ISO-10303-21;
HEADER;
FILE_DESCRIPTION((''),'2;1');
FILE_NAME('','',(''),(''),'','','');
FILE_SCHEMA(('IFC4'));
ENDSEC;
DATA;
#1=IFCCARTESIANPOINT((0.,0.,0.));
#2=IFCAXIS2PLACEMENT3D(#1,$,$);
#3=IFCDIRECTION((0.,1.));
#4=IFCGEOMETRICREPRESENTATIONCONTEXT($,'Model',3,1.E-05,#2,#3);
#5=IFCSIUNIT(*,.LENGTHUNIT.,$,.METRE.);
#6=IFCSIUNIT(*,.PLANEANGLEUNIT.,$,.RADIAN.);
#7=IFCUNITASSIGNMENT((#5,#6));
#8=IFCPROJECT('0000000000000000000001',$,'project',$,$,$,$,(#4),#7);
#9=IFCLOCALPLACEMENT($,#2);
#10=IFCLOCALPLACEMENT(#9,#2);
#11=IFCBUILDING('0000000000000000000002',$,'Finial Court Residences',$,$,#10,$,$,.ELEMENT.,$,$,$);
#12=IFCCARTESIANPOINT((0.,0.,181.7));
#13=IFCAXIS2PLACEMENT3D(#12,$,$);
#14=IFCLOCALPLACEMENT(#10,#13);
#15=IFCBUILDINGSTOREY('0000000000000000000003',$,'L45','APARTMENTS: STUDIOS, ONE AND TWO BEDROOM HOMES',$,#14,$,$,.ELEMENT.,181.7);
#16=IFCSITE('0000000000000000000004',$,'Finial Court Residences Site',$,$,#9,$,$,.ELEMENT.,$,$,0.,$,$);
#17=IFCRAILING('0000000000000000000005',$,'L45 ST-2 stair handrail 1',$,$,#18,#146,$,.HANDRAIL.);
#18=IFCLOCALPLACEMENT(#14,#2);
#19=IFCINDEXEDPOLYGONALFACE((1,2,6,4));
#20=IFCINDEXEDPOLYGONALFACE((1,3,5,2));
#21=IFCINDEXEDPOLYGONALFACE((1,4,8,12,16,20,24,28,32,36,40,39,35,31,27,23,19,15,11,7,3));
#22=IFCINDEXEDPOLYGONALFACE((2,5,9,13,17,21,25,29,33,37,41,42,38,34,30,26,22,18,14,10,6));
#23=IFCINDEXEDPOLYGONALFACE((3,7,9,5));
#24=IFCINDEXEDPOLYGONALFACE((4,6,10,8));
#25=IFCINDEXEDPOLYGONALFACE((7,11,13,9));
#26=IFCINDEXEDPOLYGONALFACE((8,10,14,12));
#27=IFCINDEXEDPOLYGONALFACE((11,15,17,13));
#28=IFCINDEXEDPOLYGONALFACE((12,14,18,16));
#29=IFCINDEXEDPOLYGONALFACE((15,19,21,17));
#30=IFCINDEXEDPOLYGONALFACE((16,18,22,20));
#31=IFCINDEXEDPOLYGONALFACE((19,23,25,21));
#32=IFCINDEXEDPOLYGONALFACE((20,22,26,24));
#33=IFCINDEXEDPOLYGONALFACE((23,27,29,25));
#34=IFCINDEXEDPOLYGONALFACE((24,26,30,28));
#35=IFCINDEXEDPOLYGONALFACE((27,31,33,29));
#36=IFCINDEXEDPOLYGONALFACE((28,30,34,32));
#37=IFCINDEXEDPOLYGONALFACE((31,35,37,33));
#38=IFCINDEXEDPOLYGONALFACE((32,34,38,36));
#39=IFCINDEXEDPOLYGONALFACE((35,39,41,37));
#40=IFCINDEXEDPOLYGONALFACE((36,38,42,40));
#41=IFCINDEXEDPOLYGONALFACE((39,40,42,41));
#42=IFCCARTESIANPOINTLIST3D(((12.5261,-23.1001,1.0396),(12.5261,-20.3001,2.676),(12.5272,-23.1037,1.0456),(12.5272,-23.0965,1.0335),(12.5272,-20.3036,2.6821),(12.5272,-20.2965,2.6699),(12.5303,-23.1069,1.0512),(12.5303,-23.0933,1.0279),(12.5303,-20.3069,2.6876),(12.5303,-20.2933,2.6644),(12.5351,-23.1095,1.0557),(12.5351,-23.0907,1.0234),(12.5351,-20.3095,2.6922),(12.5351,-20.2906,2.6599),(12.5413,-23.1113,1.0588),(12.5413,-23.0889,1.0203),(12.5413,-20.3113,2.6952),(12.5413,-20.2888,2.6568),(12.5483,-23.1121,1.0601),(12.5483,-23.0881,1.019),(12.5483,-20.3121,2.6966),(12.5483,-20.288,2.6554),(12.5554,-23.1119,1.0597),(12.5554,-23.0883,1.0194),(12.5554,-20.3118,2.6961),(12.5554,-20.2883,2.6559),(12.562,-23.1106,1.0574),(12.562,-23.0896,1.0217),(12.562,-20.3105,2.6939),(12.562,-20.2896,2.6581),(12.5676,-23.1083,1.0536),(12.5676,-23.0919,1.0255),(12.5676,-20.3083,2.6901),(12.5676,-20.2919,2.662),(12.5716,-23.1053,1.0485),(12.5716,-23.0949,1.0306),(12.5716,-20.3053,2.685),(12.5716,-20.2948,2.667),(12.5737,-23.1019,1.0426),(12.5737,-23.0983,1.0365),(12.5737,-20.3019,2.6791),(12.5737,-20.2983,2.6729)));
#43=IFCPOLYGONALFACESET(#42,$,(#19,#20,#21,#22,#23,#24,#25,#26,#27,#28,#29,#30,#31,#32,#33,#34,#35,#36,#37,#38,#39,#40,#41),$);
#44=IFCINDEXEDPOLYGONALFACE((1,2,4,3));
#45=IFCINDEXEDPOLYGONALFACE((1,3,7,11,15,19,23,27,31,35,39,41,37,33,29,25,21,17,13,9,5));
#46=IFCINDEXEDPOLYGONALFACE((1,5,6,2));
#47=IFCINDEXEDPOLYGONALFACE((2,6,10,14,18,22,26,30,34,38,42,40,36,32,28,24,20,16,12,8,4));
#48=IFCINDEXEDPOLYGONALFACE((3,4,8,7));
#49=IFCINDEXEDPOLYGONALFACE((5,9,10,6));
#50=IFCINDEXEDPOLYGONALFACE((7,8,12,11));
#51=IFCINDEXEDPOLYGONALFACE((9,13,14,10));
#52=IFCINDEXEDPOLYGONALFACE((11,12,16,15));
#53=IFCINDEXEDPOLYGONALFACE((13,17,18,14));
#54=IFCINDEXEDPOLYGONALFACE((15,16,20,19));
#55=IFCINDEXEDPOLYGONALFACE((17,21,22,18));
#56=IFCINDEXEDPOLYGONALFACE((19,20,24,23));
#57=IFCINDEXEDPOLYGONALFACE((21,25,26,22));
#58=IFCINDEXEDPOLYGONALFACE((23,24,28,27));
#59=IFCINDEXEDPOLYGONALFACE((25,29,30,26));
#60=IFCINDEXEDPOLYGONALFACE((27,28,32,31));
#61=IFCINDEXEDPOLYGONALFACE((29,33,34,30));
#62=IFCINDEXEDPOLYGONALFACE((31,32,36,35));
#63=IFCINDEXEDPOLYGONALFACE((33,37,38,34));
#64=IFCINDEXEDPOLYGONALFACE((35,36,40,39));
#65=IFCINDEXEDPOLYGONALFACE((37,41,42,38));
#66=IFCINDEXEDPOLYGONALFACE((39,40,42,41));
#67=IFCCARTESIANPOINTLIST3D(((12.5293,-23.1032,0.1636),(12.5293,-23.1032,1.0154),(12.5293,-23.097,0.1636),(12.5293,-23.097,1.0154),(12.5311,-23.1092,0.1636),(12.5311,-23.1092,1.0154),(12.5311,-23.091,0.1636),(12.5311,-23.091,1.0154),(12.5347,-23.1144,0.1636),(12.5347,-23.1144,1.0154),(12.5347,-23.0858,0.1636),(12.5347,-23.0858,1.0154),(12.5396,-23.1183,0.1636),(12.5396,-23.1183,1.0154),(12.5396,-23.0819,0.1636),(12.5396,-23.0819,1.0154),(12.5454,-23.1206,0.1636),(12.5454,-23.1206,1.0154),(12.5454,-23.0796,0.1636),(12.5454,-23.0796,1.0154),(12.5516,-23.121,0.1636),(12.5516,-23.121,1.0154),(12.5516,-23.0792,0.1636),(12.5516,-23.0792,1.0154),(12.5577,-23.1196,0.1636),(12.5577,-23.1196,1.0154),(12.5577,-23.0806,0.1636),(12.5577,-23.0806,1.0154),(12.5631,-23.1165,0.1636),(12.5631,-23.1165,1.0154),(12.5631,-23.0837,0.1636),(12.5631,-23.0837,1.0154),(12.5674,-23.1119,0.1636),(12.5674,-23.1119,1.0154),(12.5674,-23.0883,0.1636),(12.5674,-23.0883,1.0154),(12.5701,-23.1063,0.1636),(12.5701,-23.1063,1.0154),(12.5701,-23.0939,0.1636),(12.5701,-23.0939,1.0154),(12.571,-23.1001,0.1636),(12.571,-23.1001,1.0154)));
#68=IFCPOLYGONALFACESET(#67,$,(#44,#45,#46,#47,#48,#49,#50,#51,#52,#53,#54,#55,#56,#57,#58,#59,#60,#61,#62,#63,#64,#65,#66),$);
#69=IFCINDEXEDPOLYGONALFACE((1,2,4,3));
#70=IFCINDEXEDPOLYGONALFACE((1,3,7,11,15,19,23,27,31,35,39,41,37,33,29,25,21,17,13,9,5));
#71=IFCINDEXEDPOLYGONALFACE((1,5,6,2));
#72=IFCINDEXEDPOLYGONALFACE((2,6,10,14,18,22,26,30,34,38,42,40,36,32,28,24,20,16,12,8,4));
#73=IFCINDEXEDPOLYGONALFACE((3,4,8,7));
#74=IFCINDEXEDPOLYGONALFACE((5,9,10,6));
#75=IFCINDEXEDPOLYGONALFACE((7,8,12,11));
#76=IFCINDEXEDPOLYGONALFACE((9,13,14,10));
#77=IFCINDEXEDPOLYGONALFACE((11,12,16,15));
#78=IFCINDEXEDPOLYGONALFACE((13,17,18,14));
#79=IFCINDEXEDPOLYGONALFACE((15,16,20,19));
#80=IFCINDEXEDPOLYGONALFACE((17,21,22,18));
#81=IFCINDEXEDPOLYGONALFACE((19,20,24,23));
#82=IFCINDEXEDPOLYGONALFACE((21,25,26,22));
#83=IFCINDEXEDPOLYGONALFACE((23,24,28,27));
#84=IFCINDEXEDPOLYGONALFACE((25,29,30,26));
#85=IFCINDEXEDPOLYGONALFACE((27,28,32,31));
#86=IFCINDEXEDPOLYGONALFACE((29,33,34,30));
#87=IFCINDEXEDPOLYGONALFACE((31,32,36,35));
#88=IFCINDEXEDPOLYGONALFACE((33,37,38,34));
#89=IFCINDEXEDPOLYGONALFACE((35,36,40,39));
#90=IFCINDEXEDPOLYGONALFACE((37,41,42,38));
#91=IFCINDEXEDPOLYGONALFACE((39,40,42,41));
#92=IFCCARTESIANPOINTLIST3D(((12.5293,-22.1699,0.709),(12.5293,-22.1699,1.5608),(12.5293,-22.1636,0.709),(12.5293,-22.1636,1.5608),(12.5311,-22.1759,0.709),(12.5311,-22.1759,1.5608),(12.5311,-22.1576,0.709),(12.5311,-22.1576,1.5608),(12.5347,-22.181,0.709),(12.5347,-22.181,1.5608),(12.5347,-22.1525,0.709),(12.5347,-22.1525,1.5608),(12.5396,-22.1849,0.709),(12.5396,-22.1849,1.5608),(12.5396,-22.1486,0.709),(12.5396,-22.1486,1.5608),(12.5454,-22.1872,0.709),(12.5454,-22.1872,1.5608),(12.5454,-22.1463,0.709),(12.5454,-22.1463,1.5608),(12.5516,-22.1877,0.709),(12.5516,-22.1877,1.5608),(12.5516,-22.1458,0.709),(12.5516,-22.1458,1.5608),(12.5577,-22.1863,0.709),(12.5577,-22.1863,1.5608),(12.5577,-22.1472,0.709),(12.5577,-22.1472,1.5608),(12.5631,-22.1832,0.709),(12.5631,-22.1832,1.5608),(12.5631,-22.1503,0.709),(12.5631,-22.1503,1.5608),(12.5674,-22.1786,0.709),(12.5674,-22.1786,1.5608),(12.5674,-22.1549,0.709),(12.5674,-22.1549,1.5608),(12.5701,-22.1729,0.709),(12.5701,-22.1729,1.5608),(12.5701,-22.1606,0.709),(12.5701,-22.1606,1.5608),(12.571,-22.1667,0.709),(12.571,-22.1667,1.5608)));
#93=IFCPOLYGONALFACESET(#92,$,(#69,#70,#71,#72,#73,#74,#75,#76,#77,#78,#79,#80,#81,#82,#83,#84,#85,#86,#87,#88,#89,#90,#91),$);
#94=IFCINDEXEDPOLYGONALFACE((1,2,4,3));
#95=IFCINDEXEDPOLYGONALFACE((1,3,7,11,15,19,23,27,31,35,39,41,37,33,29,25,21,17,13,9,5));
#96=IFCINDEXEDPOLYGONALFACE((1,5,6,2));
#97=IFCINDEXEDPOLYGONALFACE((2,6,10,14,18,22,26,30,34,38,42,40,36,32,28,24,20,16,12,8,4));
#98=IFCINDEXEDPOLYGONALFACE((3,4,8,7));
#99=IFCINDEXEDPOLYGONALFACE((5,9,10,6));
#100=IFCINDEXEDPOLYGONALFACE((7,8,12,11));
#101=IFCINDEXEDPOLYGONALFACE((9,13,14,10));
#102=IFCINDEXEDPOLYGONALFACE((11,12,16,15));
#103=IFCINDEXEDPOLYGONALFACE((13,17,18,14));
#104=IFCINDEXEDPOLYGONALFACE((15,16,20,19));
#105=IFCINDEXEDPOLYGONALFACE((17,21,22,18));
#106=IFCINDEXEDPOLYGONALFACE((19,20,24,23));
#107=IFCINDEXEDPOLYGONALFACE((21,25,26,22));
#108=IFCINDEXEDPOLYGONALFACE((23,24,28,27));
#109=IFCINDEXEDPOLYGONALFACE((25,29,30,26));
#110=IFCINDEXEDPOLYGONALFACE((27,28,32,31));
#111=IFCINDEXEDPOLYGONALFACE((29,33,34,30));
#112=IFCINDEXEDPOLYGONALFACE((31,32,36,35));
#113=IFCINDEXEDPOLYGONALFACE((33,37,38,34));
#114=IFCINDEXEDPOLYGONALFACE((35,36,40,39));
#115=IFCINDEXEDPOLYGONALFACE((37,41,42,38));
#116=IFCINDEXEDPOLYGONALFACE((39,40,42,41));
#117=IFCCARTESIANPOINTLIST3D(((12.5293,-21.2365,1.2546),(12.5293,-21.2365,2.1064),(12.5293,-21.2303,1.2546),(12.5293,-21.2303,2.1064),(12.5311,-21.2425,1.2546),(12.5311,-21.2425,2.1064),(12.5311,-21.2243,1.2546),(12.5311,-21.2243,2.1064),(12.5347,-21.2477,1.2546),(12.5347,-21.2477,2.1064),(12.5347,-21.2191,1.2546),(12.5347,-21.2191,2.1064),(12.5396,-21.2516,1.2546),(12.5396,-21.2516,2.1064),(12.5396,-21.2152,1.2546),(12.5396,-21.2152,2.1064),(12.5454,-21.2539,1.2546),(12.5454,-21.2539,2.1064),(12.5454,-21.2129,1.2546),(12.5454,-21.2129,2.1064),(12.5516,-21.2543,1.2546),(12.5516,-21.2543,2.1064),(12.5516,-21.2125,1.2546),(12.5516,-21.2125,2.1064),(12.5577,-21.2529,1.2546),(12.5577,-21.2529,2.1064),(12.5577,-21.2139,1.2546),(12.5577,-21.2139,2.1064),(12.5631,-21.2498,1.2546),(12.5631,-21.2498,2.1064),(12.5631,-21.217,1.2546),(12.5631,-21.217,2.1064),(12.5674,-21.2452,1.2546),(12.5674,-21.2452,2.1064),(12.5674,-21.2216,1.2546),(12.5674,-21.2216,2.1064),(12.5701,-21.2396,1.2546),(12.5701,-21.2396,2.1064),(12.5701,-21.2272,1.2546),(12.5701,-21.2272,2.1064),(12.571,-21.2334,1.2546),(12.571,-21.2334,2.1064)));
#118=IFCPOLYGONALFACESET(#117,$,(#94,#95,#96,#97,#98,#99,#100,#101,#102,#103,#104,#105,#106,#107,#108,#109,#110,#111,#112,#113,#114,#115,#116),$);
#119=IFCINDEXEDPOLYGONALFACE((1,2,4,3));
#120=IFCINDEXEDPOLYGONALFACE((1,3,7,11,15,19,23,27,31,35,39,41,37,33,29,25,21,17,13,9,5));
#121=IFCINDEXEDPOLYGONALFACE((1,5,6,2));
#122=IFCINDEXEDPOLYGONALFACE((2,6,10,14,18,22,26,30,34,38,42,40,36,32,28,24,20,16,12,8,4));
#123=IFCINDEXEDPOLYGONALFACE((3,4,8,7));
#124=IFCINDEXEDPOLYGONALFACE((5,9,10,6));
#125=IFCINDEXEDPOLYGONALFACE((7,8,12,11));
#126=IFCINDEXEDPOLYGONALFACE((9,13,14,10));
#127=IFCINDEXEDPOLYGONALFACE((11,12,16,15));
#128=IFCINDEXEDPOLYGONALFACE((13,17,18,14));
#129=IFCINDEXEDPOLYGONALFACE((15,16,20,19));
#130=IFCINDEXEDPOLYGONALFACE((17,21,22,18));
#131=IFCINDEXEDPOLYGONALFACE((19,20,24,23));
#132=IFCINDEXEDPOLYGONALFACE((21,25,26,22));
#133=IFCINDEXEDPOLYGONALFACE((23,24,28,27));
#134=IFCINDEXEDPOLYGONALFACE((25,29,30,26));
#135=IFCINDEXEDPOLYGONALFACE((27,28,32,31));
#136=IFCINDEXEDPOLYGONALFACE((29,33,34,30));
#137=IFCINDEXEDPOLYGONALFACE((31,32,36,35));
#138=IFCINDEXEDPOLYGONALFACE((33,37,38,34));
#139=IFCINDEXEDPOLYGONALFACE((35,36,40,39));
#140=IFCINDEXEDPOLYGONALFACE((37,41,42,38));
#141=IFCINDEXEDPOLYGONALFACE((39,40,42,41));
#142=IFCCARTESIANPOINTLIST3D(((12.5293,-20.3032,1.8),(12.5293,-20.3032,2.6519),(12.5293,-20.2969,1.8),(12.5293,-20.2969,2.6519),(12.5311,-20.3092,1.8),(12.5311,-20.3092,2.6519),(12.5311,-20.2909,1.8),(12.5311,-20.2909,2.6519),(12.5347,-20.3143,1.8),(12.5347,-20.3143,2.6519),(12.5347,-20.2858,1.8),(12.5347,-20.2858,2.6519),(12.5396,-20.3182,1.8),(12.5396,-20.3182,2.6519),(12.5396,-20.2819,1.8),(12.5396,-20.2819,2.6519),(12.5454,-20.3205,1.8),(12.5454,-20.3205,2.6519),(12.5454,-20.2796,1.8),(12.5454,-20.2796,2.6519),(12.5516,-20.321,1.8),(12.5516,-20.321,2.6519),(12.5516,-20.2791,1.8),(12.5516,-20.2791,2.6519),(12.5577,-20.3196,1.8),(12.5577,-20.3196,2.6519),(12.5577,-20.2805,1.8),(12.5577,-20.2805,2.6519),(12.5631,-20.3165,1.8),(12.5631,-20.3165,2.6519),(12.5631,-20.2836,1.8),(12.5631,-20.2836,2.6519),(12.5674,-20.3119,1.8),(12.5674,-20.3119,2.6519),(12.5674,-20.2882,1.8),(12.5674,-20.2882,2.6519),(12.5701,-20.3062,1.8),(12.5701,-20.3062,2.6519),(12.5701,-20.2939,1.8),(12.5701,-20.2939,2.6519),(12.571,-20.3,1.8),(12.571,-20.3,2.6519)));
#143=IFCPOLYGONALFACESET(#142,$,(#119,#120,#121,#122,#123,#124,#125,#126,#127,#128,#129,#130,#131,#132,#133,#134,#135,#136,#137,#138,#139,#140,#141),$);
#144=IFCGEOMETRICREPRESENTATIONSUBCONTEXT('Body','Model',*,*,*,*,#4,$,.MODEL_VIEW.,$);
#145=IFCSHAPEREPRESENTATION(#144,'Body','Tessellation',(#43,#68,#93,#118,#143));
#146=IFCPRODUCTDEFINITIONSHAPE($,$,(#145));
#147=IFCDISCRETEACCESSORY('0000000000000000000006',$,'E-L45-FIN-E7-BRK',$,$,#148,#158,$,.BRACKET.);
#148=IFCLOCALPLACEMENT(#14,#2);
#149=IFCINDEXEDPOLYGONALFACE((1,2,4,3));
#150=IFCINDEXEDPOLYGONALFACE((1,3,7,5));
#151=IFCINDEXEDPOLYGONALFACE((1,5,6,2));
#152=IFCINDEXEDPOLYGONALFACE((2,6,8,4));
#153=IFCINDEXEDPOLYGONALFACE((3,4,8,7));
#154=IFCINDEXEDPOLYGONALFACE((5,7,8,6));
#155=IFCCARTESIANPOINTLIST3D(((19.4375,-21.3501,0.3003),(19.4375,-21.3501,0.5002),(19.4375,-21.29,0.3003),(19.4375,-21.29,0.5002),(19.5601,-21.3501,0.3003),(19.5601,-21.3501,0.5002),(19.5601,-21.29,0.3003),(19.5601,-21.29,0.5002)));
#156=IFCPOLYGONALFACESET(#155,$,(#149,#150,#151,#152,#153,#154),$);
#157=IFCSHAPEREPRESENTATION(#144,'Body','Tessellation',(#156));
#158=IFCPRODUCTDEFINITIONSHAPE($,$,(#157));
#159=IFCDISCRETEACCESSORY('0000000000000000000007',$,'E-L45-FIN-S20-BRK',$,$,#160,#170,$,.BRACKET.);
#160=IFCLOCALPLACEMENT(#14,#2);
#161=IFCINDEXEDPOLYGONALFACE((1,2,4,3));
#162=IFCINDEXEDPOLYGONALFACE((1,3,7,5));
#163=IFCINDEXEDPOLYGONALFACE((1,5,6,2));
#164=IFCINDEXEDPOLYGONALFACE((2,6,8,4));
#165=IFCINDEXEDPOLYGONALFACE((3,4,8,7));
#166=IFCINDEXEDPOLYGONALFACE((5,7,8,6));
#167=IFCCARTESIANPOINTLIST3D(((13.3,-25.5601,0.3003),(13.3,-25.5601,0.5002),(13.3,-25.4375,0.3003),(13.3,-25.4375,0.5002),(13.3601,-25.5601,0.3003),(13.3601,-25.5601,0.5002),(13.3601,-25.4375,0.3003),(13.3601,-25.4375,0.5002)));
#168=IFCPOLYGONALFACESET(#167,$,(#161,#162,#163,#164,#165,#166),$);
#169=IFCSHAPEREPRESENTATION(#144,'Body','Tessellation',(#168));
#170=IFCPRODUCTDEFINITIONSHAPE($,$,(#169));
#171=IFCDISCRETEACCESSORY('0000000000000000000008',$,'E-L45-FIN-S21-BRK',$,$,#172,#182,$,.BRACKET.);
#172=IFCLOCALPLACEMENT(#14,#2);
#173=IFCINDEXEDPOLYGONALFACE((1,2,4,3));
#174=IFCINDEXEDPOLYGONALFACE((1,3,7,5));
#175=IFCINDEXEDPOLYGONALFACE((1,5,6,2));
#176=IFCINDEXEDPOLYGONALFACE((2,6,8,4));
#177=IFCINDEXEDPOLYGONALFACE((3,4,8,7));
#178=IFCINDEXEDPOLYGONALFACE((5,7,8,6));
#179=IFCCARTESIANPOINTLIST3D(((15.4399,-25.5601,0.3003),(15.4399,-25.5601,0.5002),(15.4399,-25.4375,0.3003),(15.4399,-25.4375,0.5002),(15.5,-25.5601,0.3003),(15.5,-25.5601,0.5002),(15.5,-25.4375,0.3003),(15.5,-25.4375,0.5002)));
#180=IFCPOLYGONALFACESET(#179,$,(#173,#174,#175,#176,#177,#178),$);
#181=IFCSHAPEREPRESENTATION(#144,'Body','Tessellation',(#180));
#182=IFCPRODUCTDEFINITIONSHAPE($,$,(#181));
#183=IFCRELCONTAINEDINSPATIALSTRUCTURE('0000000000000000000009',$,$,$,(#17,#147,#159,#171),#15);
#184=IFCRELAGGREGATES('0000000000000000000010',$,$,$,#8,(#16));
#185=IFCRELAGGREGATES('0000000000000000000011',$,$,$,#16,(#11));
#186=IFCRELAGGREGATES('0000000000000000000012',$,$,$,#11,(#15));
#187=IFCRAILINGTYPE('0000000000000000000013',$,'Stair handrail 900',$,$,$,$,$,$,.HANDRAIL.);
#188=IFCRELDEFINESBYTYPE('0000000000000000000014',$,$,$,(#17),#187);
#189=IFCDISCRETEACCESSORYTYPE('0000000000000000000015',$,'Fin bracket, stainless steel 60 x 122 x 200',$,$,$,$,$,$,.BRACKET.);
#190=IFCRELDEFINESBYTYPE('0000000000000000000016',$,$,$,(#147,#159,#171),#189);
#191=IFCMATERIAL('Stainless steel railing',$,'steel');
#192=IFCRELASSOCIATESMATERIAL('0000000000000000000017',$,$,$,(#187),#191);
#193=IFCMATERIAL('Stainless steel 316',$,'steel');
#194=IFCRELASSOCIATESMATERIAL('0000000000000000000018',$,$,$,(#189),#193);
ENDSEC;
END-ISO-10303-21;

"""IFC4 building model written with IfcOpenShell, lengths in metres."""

from ifc_helpers import new_model, si_unit, direction, frame, origin, origin_2d, place, context, subcontext, project, spatial, rectangle, circle, extrude, material, type_object, element, save


model = new_model("IFC4")

# Units and contexts
model_context = context("Model", 3, precision=1e-05, world=origin(), true_north=direction((0.0, 1.0)))
body_context = subcontext(model_context, "Body", "Model", "MODEL_VIEW")
ifc_project = project(units=[si_unit("LENGTHUNIT", "METRE"), si_unit("PLANEANGLEUNIT", "RADIAN")], contexts=[model_context])

# Site, building, storey
site_placement = place(None, origin())
site = spatial("IfcSite", under=ifc_project, at=site_placement, Name="Finial Court Residences Site", CompositionType="ELEMENT", RefElevation=0.0)
building_placement = place(site_placement, origin())
building = spatial("IfcBuilding", under=site, at=building_placement, Name="Finial Court Residences", CompositionType="ELEMENT")
storey_placement = place(building_placement, frame((0.0, 0.0, 181.7)))
storey = spatial("IfcBuildingStorey", under=building, at=storey_placement, Name="L45", Description="APARTMENTS: STUDIOS, ONE AND TWO BEDROOM HOMES", CompositionType="ELEMENT", Elevation=181.7)

# Railing
ifc_material_1 = material(Name="Stainless steel railing", Category="steel")
railing_type = type_object("IfcRailingType", Name="Stair handrail 900", PredefinedType="HANDRAIL", material=ifc_material_1)
railing_placement = place(storey_placement, frame((12.55, -23.1001, 0.1636)))
element("IfcRailing", 1, at=railing_placement, inside=storey, type_object=railing_type, Name="L45 ST-2 stair handrail 1", PredefinedType="HANDRAIL", context=body_context, shape_type="SweptSolid", body=[
    extrude(circle(Radius=0.0239, at=origin_2d()), frame((0.0, 0.0, 0.876), z_axis=(0.0, 0.863361, 0.504587), x_axis=(-1.0, 0.0, 0.0)), (0.0, 0.0, 1.0), 3.2432),
    extrude(circle(Radius=0.021, at=origin_2d()), origin(), (0.0, 0.0, 1.0), 0.8518),
    extrude(circle(Radius=0.021, at=origin_2d()), frame((0.0, 0.9333, 0.5454)), (0.0, 0.0, 1.0), 0.8518),
    extrude(circle(Radius=0.021, at=origin_2d()), frame((0.0, 1.8667, 1.0911)), (0.0, 0.0, 1.0), 0.8518),
    extrude(circle(Radius=0.021, at=origin_2d()), frame((0.0, 2.8, 1.6365)), (0.0, 0.0, 1.0), 0.8518),
])

# Discrete accessories
ifc_material_2 = material(Name="Stainless steel 316", Category="steel")
discrete_accessory_type = type_object("IfcDiscreteAccessoryType", Name="Fin bracket, stainless steel 60 x 122 x 200", PredefinedType="BRACKET", material=ifc_material_2)
discrete_accessory_placement = place(storey_placement, frame((19.4988, -21.3201, 0.3003), z_axis=(0.0, 0.0, 1.0), x_axis=(1.0, 0.0, 0.0)))
element("IfcDiscreteAccessory", 2, at=discrete_accessory_placement, inside=storey, type_object=discrete_accessory_type, Name="E-L45-FIN-E7-BRK", PredefinedType="BRACKET", context=body_context, shape_type="SweptSolid", body=[
    extrude(rectangle(XDim=0.1226, YDim=0.0601, at=origin_2d()), origin(), (0.0, 0.0, 1.0), 0.2),
])
for number, where, z_axis, x_axis, name in (
    (3, (13.3301, -25.4988, 0.3003), (0.0, 0.0, 1.0), (1.0, 0.0, 0.0), "E-L45-FIN-S20-BRK"),
    (4, (15.47, -25.4988, 0.3003), (0.0, 0.0, 1.0), (1.0, 0.0, 0.0), "E-L45-FIN-S21-BRK"),
):
    element("IfcDiscreteAccessory", number, at=place(storey_placement, frame(where, z_axis=z_axis, x_axis=x_axis)), inside=storey, type_object=discrete_accessory_type, Name=name, PredefinedType="BRACKET", context=body_context, shape_type="SweptSolid", body=[
        extrude(rectangle(XDim=0.0601, YDim=0.1226, at=origin_2d()), origin(), (0.0, 0.0, 1.0), 0.2),
    ])

save(model, "model.ifc")
